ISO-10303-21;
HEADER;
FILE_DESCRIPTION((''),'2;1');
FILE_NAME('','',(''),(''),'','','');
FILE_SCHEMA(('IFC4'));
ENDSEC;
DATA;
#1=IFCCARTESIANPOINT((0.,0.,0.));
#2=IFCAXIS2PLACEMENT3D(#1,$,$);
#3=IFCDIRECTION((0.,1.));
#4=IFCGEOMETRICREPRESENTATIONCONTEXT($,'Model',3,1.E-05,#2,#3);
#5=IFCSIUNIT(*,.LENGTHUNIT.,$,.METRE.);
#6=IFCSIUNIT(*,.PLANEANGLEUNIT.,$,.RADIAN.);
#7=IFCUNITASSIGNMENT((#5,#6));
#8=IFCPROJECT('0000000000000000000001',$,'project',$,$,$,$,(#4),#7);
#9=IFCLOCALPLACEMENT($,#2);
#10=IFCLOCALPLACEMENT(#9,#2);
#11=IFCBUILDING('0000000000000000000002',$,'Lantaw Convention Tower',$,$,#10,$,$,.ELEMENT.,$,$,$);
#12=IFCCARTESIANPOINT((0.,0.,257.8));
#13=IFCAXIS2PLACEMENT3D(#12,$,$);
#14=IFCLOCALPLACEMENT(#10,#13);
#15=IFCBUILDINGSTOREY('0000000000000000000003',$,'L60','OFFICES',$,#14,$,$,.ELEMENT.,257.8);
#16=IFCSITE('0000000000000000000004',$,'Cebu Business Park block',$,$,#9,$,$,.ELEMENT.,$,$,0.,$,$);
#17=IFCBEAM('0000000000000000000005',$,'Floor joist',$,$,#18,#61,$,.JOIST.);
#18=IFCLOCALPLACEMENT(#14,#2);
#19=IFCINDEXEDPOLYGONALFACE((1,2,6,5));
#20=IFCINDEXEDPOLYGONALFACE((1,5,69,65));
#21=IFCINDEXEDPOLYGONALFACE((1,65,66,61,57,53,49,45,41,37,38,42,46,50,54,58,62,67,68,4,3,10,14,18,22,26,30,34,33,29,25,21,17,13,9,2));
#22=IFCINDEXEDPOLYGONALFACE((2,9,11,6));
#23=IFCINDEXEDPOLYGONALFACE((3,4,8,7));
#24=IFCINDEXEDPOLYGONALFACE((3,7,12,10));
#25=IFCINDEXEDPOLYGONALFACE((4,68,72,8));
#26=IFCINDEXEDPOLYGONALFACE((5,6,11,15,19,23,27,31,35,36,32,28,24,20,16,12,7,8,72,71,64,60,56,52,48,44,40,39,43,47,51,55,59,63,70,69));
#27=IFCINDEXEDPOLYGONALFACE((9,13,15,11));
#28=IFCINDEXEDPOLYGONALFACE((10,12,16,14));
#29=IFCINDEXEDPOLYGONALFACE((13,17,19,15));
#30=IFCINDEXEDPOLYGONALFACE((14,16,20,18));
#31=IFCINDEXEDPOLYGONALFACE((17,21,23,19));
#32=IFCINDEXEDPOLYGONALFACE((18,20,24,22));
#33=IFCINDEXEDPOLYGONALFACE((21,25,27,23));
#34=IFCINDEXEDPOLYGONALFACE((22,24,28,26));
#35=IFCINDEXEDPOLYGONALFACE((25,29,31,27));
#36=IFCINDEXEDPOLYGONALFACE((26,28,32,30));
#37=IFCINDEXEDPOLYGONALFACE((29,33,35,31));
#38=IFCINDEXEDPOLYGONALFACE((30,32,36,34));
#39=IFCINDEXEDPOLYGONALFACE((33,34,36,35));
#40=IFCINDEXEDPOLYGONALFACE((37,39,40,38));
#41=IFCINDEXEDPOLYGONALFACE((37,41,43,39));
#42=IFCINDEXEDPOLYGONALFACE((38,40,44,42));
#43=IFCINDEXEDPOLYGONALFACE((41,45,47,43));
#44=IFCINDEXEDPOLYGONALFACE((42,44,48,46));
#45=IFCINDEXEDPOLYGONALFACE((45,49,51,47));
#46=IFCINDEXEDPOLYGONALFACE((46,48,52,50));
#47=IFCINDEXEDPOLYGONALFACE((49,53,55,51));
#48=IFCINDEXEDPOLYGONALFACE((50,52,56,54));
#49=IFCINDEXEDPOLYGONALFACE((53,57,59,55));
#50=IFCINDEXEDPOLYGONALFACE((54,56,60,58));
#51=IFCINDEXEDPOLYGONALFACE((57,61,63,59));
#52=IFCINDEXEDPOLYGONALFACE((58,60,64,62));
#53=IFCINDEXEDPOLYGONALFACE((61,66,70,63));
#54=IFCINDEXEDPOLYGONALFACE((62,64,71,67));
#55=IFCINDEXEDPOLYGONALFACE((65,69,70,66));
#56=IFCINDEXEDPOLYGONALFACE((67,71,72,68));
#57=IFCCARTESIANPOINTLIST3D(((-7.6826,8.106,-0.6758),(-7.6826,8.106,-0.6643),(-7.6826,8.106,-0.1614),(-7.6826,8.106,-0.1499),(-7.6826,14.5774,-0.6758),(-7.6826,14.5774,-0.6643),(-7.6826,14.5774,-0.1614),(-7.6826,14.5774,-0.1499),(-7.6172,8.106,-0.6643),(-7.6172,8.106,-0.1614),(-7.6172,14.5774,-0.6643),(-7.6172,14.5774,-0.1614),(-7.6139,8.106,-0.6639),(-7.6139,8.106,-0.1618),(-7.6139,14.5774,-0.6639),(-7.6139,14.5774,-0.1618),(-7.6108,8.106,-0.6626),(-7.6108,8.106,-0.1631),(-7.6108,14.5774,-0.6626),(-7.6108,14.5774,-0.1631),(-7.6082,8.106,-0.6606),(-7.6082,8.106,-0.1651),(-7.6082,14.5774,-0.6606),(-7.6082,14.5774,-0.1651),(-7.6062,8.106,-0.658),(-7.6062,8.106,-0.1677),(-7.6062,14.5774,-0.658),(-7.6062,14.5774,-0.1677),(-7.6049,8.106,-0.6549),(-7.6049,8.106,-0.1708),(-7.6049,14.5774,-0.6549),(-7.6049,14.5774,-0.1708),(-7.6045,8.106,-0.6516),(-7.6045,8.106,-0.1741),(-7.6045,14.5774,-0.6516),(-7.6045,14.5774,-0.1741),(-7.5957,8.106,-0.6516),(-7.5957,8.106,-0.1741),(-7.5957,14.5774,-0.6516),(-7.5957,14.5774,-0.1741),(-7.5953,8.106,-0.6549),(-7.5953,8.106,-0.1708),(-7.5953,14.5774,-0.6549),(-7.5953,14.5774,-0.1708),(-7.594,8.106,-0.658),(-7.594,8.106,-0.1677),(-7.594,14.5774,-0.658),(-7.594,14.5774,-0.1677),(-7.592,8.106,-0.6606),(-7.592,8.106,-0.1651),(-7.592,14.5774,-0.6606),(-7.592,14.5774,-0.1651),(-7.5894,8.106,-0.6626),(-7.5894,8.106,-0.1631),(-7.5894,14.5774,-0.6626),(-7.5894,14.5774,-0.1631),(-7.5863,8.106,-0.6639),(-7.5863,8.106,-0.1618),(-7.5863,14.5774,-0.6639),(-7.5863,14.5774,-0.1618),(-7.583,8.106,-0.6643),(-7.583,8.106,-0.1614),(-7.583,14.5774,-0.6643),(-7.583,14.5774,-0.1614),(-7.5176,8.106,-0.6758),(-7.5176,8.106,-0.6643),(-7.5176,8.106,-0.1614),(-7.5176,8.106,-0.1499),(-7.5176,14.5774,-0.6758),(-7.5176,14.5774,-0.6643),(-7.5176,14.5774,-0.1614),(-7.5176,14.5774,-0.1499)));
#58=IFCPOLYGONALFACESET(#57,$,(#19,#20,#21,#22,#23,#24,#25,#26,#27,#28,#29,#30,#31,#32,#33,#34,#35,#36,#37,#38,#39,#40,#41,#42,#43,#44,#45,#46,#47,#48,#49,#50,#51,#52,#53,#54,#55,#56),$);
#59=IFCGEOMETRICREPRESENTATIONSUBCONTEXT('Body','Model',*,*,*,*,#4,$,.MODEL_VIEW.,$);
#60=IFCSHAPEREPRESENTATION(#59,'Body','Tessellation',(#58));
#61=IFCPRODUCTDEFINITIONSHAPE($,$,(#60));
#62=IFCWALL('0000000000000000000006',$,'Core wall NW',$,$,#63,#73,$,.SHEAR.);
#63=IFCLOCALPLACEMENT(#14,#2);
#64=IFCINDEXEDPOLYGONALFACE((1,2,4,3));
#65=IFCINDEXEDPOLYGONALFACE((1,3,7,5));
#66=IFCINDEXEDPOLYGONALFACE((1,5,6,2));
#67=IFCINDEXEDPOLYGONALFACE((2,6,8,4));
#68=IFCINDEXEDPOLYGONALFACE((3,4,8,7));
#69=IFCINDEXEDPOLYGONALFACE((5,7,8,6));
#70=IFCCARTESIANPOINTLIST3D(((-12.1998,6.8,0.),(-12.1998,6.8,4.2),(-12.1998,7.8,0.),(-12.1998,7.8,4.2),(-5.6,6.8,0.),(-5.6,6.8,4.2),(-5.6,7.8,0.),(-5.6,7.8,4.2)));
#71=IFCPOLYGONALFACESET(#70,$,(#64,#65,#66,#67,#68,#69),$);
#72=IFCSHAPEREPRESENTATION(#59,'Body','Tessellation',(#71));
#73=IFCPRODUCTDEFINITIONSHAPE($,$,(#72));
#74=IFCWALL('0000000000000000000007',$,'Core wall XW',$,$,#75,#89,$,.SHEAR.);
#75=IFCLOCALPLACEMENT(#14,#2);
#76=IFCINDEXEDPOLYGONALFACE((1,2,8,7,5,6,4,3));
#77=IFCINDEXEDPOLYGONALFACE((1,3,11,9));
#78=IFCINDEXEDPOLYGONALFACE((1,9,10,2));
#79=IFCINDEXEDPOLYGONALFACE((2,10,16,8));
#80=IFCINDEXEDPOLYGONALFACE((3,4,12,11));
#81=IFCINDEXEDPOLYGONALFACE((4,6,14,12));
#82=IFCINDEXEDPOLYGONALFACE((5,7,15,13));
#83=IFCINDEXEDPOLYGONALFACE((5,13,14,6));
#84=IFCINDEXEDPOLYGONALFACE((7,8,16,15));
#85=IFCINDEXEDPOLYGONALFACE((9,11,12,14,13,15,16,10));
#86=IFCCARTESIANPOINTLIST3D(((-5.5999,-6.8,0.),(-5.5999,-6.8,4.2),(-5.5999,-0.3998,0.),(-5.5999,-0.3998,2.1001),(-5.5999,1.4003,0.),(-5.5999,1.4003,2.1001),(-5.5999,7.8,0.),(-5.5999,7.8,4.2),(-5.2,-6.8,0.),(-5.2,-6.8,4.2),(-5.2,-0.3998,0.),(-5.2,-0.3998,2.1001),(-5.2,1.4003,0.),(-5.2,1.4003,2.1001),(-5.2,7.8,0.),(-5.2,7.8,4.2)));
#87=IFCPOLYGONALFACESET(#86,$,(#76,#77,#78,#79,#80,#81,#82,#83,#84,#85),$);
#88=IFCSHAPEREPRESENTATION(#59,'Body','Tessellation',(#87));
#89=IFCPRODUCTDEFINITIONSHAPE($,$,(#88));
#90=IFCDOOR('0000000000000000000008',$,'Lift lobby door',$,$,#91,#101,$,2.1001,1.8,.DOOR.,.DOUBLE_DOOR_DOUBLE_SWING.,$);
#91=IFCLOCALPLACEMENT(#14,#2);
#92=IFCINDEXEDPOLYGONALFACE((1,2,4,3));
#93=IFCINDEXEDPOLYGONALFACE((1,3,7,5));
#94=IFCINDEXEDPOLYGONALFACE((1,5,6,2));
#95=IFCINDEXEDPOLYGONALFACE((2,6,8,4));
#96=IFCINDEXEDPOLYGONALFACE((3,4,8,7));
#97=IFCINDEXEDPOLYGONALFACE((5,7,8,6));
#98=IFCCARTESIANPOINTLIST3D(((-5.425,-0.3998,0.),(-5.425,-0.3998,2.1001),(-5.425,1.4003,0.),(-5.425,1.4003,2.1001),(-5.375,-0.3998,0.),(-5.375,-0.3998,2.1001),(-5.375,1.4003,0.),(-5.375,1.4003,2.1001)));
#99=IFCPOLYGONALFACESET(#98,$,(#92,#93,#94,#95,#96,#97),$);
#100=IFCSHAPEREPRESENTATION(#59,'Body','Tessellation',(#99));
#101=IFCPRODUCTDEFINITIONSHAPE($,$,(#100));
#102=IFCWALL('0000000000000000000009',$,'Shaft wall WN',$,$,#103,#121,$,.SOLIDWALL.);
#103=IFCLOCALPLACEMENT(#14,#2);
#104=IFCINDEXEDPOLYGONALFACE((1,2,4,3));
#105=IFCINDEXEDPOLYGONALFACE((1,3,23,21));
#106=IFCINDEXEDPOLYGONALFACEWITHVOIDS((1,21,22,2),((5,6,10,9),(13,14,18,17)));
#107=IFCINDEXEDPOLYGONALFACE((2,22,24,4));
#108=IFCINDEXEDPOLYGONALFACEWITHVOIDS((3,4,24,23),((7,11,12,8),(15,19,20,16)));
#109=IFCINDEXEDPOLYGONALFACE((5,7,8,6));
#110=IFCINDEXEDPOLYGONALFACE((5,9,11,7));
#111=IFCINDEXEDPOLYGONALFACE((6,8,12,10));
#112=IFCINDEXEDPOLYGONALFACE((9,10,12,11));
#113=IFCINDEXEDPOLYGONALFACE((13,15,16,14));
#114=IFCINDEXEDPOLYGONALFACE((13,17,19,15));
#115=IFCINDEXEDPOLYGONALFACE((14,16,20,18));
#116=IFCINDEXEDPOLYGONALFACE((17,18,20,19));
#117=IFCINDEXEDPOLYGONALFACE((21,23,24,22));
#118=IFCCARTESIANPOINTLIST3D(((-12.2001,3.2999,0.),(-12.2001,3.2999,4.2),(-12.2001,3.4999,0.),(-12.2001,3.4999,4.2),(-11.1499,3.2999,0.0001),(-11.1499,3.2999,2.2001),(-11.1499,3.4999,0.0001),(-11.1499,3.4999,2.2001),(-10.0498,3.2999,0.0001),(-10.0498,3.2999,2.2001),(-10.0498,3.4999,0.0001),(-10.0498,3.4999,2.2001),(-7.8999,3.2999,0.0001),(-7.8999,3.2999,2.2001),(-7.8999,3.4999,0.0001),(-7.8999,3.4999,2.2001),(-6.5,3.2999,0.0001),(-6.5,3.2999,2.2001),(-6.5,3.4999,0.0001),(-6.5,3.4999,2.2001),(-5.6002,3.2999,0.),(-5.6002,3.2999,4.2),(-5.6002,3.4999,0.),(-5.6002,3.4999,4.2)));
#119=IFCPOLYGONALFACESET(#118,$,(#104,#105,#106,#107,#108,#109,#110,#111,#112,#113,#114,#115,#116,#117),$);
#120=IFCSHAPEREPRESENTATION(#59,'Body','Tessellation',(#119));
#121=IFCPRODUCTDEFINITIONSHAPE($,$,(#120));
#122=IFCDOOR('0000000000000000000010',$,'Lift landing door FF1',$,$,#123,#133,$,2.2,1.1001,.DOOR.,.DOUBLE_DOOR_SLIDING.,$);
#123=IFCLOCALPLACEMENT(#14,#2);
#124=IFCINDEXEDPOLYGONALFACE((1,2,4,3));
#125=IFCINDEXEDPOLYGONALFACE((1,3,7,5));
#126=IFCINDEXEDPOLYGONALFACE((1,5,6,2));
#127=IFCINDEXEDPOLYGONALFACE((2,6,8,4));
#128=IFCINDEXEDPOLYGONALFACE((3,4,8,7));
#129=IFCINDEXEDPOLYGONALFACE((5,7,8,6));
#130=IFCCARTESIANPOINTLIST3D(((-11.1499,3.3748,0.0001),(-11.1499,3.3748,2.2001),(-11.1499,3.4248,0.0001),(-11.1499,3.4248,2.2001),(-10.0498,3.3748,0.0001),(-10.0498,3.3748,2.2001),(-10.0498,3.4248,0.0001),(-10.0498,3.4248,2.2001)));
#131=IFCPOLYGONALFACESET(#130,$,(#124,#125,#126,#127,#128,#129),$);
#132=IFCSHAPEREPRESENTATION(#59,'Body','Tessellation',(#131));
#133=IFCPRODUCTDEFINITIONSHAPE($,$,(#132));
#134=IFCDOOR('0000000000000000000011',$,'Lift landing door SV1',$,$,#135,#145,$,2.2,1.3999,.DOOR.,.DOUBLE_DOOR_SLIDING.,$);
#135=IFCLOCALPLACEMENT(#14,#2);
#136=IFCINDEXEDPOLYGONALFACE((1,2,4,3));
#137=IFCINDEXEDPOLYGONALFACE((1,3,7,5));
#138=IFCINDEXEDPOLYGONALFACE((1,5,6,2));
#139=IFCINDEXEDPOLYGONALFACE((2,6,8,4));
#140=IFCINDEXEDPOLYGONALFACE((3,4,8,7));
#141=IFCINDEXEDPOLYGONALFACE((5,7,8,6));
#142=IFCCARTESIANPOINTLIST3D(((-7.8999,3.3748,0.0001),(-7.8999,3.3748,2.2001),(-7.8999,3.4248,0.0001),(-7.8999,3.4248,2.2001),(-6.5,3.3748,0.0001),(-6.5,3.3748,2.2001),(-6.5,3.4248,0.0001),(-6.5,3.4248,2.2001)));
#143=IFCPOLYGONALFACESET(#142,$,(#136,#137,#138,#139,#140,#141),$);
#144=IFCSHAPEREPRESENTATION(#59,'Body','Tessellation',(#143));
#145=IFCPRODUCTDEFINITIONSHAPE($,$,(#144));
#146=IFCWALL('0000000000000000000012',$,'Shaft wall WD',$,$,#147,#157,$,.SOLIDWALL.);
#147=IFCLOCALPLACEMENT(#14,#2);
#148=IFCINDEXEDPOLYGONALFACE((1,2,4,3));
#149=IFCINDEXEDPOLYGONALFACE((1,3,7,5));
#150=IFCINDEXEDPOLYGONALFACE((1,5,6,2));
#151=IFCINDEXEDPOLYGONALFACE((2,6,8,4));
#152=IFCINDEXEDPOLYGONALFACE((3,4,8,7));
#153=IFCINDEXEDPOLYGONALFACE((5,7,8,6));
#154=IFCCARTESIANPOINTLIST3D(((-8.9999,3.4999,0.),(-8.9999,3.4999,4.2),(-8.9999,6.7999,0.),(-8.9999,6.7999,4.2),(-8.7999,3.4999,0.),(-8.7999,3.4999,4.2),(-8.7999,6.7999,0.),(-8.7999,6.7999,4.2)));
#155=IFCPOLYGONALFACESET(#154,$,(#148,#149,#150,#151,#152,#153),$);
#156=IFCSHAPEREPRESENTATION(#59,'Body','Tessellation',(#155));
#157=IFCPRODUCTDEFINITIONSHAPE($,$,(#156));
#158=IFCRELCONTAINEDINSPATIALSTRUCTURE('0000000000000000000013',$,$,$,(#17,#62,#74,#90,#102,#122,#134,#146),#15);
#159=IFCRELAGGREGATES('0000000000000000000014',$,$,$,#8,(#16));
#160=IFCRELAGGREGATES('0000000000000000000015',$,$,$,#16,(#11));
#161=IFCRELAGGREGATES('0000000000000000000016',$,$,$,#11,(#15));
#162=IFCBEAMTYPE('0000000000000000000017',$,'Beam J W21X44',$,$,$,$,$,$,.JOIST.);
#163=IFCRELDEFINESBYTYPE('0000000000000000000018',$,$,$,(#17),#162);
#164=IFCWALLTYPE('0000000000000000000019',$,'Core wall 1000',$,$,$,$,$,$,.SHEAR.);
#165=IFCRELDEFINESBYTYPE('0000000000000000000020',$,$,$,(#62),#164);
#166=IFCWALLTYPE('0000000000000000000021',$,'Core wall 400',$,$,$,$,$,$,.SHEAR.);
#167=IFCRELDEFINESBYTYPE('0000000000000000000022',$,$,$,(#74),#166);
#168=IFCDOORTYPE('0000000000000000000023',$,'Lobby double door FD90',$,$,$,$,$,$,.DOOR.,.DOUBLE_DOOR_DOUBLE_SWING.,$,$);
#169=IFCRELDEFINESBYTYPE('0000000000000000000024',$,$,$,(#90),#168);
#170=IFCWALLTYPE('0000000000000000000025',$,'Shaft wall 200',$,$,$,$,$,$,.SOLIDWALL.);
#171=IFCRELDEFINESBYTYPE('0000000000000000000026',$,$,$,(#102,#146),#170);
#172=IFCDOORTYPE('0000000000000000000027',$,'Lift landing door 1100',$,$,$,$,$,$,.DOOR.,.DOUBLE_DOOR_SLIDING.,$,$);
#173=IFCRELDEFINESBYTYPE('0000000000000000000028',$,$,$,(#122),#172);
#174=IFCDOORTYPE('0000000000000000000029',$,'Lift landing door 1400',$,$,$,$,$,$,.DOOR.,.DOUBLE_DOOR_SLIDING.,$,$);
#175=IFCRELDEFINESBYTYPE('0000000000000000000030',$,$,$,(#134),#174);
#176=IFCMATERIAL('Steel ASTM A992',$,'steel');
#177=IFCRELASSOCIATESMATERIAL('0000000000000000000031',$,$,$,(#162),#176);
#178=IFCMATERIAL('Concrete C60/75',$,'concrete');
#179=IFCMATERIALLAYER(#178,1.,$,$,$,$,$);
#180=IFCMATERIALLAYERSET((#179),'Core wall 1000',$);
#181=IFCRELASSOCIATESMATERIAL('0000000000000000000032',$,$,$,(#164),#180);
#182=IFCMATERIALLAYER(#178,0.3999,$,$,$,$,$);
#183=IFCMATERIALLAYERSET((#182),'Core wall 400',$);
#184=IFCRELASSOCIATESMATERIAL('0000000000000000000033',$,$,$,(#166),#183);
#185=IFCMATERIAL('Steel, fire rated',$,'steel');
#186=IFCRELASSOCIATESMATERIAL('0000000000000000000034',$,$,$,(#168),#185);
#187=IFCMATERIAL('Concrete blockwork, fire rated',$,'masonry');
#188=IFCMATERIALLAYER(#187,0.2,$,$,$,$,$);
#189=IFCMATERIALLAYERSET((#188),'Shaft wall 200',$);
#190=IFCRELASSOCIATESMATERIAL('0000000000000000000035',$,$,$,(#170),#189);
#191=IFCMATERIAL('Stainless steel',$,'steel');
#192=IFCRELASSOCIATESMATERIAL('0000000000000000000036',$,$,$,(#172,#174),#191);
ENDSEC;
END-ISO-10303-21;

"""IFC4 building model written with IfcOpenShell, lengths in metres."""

from ifc_helpers import new_model, si_unit, direction, frame, frame_2d, origin, origin_2d, place, context, subcontext, project, spatial, rectangle, i_section, extrude, material, layer, layer_set, material_profile, profile_set, type_object, element, fill, save


model = new_model("IFC4")

# Units and contexts
model_context = context("Model", 3, precision=1e-05, world=origin(), true_north=direction((0.0, 1.0)))
body_context = subcontext(model_context, "Body", "Model", "MODEL_VIEW")
ifc_project = project(units=[si_unit("LENGTHUNIT", "METRE"), si_unit("PLANEANGLEUNIT", "RADIAN")], contexts=[model_context])

# Site, building, storey
site_placement = place(None, origin())
site = spatial("IfcSite", under=ifc_project, at=site_placement, Name="Cebu Business Park block", CompositionType="ELEMENT", RefElevation=0.0)
building_placement = place(site_placement, origin())
building = spatial("IfcBuilding", under=site, at=building_placement, Name="Lantaw Convention Tower", CompositionType="ELEMENT")
storey_placement = place(building_placement, frame((0.0, 0.0, 257.8)))
storey = spatial("IfcBuildingStorey", under=building, at=storey_placement, Name="L60", Description="OFFICES", CompositionType="ELEMENT", Elevation=257.8)

# Beam
ifc_material_1 = material(Name="Steel ASTM A992", Category="steel")
ifc_material_profile_1 = material_profile(ifc_material_1, i_section(OverallWidth=0.165, OverallDepth=0.5259, WebThickness=0.0088, FlangeThickness=0.0115, FilletRadius=0.0127, at=origin_2d()), Name="W21X44")
ifc_profile_set_1 = profile_set([ifc_material_profile_1], Name="Steel ASTM A992")
beam_type_1 = type_object("IfcBeamType", Name="Beam J W21X44", PredefinedType="JOIST", material=ifc_profile_set_1)
beam_1_placement = place(storey_placement, frame((-7.6001, 8.106, -0.4128), z_axis=(0.0, 1.0, 0.0), x_axis=(-1.0, 0.0, 0.0)))
element("IfcBeam", 1, at=beam_1_placement, inside=storey, type_object=beam_type_1, Name="Floor joist", PredefinedType="JOIST", context=body_context, shape_type="SweptSolid", body=[
    extrude(i_section(OverallWidth=0.165, OverallDepth=0.5259, WebThickness=0.0088, FlangeThickness=0.0115, FilletRadius=0.0127, at=origin_2d()), origin(), (0.0, 0.0, 1.0), 6.4714),
])

# Wall
ifc_material_2 = material(Name="Concrete C60/75", Category="concrete")
ifc_layer_1 = layer(ifc_material_2, 1.0)
ifc_layer_set_1 = layer_set([ifc_layer_1], Name="Core wall 1000")
wall_type_1 = type_object("IfcWallType", Name="Core wall 1000", PredefinedType="SHEAR", material=ifc_layer_set_1)
wall_1_placement = place(storey_placement, frame((-5.6001, 7.3, 0.0), z_axis=(0.0, 0.0, 1.0), x_axis=(-1.0, 0.0, 0.0)))
element("IfcWall", 2, at=wall_1_placement, inside=storey, type_object=wall_type_1, Name="Core wall NW", PredefinedType="SHEAR", context=body_context, shape_type="SweptSolid", body=[
    extrude(rectangle(XDim=6.5999, YDim=1.0, at=frame_2d((3.2998, 0.0))), origin(), (0.0, 0.0, 1.0), 4.2),
])

# Wall, opening, door
ifc_layer_2 = layer(ifc_material_2, 0.3999)
ifc_layer_set_2 = layer_set([ifc_layer_2], Name="Core wall 400")
wall_type_2 = type_object("IfcWallType", Name="Core wall 400", PredefinedType="SHEAR", material=ifc_layer_set_2)
wall_2_placement = place(storey_placement, frame((-5.3999, 7.8, 0.0), z_axis=(0.0, 0.0, 1.0), x_axis=(0.0, -1.0, 0.0)))
wall_2 = element("IfcWall", 3, at=wall_2_placement, inside=storey, type_object=wall_type_2, Name="Core wall XW", PredefinedType="SHEAR", context=body_context, shape_type="SweptSolid", body=[
    extrude(rectangle(XDim=14.6001, YDim=0.3999, at=frame_2d((7.3, 0.0))), origin(), (0.0, 0.0, 1.0), 4.2),
])
opening_1_placement = place(wall_2_placement, frame((6.3999, 0.0, 0.0)))
opening_1 = element("IfcOpeningElement", 4, at=opening_1_placement, cuts=wall_2, PredefinedType="OPENING", context=body_context, shape_type="SweptSolid", body=[
    extrude(rectangle(XDim=1.8, YDim=2.1001, at=frame_2d((0.8999, 1.05))), frame((0.0, 0.21, 0.0), z_axis=(0.0, -1.0, 0.0), x_axis=(1.0, 0.0, 0.0)), (0.0, 0.0, 1.0), 0.4199),
])
ifc_material_3 = material(Name="Steel, fire rated", Category="steel")
door_type_1 = type_object("IfcDoorType", Name="Lobby double door FD90", OperationType="DOUBLE_DOOR_DOUBLE_SWING", PredefinedType="DOOR", material=ifc_material_3)
door_1_placement = place(opening_1_placement, origin())
door_1 = element("IfcDoor", 5, at=door_1_placement, inside=storey, type_object=door_type_1, Name="Lift lobby door", OperationType="DOUBLE_DOOR_DOUBLE_SWING", OverallHeight=2.1001, OverallWidth=1.8, PredefinedType="DOOR", context=body_context, shape_type="SweptSolid", body=[
    extrude(rectangle(XDim=1.8, YDim=2.1001, at=frame_2d((0.8999, 1.05))), frame((0.0, 0.0249, 0.0), z_axis=(0.0, -1.0, 0.0), x_axis=(1.0, 0.0, 0.0)), (0.0, 0.0, 1.0), 0.05),
])
fill(opening_1, door_1)

# Wall, openings, doors
ifc_material_4 = material(Name="Concrete blockwork, fire rated", Category="masonry")
ifc_layer_3 = layer(ifc_material_4, 0.2)
ifc_layer_set_3 = layer_set([ifc_layer_3], Name="Shaft wall 200")
wall_type_3 = type_object("IfcWallType", Name="Shaft wall 200", PredefinedType="SOLIDWALL", material=ifc_layer_set_3)
wall_3_placement = place(storey_placement, frame((-12.2, 3.3999, 0.0), z_axis=(0.0, 0.0, 1.0), x_axis=(1.0, 0.0, 0.0)))
wall_3 = element("IfcWall", 6, at=wall_3_placement, inside=storey, type_object=wall_type_3, Name="Shaft wall WN", PredefinedType="SOLIDWALL", context=body_context, shape_type="SweptSolid", body=[
    extrude(rectangle(XDim=6.5999, YDim=0.2, at=frame_2d((3.2998, 0.0))), origin(), (0.0, 0.0, 1.0), 4.2),
])
opening_2_placement = place(wall_3_placement, frame((1.05, 0.0, 0.0)))
opening_2 = element("IfcOpeningElement", 7, at=opening_2_placement, cuts=wall_3, PredefinedType="OPENING", context=body_context, shape_type="SweptSolid", body=[
    extrude(rectangle(XDim=1.1001, YDim=2.2, at=frame_2d((0.55, 1.1001))), frame((0.0, 0.1099, 0.0), z_axis=(0.0, -1.0, 0.0), x_axis=(1.0, 0.0, 0.0)), (0.0, 0.0, 1.0), 0.22),
])
opening_3_placement = place(wall_3_placement, frame((4.3, 0.0, 0.0)))
opening_3 = element("IfcOpeningElement", 8, at=opening_3_placement, cuts=wall_3, PredefinedType="OPENING", context=body_context, shape_type="SweptSolid", body=[
    extrude(rectangle(XDim=1.3999, YDim=2.2, at=frame_2d((0.7, 1.1001))), frame((0.0, 0.1099, 0.0), z_axis=(0.0, -1.0, 0.0), x_axis=(1.0, 0.0, 0.0)), (0.0, 0.0, 1.0), 0.22),
])
ifc_material_5 = material(Name="Stainless steel", Category="steel")
door_type_2 = type_object("IfcDoorType", Name="Lift landing door 1100", OperationType="DOUBLE_DOOR_SLIDING", PredefinedType="DOOR", material=ifc_material_5)
door_2_placement = place(opening_2_placement, origin())
door_2 = element("IfcDoor", 9, at=door_2_placement, inside=storey, type_object=door_type_2, Name="Lift landing door FF1", OperationType="DOUBLE_DOOR_SLIDING", OverallHeight=2.2, OverallWidth=1.1001, PredefinedType="DOOR", context=body_context, shape_type="SweptSolid", body=[
    extrude(rectangle(XDim=1.1001, YDim=2.2, at=frame_2d((0.55, 1.1001))), frame((0.0, 0.0249, 0.0), z_axis=(0.0, -1.0, 0.0), x_axis=(1.0, 0.0, 0.0)), (0.0, 0.0, 1.0), 0.05),
])
fill(opening_2, door_2)
door_type_3 = type_object("IfcDoorType", Name="Lift landing door 1400", OperationType="DOUBLE_DOOR_SLIDING", PredefinedType="DOOR", material=ifc_material_5)
door_3_placement = place(opening_3_placement, origin())
door_3 = element("IfcDoor", 10, at=door_3_placement, inside=storey, type_object=door_type_3, Name="Lift landing door SV1", OperationType="DOUBLE_DOOR_SLIDING", OverallHeight=2.2, OverallWidth=1.3999, PredefinedType="DOOR", context=body_context, shape_type="SweptSolid", body=[
    extrude(rectangle(XDim=1.3999, YDim=2.2, at=frame_2d((0.7, 1.1001))), frame((0.0, 0.0249, 0.0), z_axis=(0.0, -1.0, 0.0), x_axis=(1.0, 0.0, 0.0)), (0.0, 0.0, 1.0), 0.05),
])
fill(opening_3, door_3)

# Wall
wall_4_placement = place(storey_placement, frame((-8.8999, 3.5, 0.0), z_axis=(0.0, 0.0, 1.0), x_axis=(0.0, 1.0, 0.0)))
element("IfcWall", 11, at=wall_4_placement, inside=storey, type_object=wall_type_3, Name="Shaft wall WD", PredefinedType="SOLIDWALL", context=body_context, shape_type="SweptSolid", body=[
    extrude(rectangle(XDim=3.3, YDim=0.2, at=frame_2d((1.6499, 0.0))), origin(), (0.0, 0.0, 1.0), 4.2),
])

save(model, "model.ifc")
